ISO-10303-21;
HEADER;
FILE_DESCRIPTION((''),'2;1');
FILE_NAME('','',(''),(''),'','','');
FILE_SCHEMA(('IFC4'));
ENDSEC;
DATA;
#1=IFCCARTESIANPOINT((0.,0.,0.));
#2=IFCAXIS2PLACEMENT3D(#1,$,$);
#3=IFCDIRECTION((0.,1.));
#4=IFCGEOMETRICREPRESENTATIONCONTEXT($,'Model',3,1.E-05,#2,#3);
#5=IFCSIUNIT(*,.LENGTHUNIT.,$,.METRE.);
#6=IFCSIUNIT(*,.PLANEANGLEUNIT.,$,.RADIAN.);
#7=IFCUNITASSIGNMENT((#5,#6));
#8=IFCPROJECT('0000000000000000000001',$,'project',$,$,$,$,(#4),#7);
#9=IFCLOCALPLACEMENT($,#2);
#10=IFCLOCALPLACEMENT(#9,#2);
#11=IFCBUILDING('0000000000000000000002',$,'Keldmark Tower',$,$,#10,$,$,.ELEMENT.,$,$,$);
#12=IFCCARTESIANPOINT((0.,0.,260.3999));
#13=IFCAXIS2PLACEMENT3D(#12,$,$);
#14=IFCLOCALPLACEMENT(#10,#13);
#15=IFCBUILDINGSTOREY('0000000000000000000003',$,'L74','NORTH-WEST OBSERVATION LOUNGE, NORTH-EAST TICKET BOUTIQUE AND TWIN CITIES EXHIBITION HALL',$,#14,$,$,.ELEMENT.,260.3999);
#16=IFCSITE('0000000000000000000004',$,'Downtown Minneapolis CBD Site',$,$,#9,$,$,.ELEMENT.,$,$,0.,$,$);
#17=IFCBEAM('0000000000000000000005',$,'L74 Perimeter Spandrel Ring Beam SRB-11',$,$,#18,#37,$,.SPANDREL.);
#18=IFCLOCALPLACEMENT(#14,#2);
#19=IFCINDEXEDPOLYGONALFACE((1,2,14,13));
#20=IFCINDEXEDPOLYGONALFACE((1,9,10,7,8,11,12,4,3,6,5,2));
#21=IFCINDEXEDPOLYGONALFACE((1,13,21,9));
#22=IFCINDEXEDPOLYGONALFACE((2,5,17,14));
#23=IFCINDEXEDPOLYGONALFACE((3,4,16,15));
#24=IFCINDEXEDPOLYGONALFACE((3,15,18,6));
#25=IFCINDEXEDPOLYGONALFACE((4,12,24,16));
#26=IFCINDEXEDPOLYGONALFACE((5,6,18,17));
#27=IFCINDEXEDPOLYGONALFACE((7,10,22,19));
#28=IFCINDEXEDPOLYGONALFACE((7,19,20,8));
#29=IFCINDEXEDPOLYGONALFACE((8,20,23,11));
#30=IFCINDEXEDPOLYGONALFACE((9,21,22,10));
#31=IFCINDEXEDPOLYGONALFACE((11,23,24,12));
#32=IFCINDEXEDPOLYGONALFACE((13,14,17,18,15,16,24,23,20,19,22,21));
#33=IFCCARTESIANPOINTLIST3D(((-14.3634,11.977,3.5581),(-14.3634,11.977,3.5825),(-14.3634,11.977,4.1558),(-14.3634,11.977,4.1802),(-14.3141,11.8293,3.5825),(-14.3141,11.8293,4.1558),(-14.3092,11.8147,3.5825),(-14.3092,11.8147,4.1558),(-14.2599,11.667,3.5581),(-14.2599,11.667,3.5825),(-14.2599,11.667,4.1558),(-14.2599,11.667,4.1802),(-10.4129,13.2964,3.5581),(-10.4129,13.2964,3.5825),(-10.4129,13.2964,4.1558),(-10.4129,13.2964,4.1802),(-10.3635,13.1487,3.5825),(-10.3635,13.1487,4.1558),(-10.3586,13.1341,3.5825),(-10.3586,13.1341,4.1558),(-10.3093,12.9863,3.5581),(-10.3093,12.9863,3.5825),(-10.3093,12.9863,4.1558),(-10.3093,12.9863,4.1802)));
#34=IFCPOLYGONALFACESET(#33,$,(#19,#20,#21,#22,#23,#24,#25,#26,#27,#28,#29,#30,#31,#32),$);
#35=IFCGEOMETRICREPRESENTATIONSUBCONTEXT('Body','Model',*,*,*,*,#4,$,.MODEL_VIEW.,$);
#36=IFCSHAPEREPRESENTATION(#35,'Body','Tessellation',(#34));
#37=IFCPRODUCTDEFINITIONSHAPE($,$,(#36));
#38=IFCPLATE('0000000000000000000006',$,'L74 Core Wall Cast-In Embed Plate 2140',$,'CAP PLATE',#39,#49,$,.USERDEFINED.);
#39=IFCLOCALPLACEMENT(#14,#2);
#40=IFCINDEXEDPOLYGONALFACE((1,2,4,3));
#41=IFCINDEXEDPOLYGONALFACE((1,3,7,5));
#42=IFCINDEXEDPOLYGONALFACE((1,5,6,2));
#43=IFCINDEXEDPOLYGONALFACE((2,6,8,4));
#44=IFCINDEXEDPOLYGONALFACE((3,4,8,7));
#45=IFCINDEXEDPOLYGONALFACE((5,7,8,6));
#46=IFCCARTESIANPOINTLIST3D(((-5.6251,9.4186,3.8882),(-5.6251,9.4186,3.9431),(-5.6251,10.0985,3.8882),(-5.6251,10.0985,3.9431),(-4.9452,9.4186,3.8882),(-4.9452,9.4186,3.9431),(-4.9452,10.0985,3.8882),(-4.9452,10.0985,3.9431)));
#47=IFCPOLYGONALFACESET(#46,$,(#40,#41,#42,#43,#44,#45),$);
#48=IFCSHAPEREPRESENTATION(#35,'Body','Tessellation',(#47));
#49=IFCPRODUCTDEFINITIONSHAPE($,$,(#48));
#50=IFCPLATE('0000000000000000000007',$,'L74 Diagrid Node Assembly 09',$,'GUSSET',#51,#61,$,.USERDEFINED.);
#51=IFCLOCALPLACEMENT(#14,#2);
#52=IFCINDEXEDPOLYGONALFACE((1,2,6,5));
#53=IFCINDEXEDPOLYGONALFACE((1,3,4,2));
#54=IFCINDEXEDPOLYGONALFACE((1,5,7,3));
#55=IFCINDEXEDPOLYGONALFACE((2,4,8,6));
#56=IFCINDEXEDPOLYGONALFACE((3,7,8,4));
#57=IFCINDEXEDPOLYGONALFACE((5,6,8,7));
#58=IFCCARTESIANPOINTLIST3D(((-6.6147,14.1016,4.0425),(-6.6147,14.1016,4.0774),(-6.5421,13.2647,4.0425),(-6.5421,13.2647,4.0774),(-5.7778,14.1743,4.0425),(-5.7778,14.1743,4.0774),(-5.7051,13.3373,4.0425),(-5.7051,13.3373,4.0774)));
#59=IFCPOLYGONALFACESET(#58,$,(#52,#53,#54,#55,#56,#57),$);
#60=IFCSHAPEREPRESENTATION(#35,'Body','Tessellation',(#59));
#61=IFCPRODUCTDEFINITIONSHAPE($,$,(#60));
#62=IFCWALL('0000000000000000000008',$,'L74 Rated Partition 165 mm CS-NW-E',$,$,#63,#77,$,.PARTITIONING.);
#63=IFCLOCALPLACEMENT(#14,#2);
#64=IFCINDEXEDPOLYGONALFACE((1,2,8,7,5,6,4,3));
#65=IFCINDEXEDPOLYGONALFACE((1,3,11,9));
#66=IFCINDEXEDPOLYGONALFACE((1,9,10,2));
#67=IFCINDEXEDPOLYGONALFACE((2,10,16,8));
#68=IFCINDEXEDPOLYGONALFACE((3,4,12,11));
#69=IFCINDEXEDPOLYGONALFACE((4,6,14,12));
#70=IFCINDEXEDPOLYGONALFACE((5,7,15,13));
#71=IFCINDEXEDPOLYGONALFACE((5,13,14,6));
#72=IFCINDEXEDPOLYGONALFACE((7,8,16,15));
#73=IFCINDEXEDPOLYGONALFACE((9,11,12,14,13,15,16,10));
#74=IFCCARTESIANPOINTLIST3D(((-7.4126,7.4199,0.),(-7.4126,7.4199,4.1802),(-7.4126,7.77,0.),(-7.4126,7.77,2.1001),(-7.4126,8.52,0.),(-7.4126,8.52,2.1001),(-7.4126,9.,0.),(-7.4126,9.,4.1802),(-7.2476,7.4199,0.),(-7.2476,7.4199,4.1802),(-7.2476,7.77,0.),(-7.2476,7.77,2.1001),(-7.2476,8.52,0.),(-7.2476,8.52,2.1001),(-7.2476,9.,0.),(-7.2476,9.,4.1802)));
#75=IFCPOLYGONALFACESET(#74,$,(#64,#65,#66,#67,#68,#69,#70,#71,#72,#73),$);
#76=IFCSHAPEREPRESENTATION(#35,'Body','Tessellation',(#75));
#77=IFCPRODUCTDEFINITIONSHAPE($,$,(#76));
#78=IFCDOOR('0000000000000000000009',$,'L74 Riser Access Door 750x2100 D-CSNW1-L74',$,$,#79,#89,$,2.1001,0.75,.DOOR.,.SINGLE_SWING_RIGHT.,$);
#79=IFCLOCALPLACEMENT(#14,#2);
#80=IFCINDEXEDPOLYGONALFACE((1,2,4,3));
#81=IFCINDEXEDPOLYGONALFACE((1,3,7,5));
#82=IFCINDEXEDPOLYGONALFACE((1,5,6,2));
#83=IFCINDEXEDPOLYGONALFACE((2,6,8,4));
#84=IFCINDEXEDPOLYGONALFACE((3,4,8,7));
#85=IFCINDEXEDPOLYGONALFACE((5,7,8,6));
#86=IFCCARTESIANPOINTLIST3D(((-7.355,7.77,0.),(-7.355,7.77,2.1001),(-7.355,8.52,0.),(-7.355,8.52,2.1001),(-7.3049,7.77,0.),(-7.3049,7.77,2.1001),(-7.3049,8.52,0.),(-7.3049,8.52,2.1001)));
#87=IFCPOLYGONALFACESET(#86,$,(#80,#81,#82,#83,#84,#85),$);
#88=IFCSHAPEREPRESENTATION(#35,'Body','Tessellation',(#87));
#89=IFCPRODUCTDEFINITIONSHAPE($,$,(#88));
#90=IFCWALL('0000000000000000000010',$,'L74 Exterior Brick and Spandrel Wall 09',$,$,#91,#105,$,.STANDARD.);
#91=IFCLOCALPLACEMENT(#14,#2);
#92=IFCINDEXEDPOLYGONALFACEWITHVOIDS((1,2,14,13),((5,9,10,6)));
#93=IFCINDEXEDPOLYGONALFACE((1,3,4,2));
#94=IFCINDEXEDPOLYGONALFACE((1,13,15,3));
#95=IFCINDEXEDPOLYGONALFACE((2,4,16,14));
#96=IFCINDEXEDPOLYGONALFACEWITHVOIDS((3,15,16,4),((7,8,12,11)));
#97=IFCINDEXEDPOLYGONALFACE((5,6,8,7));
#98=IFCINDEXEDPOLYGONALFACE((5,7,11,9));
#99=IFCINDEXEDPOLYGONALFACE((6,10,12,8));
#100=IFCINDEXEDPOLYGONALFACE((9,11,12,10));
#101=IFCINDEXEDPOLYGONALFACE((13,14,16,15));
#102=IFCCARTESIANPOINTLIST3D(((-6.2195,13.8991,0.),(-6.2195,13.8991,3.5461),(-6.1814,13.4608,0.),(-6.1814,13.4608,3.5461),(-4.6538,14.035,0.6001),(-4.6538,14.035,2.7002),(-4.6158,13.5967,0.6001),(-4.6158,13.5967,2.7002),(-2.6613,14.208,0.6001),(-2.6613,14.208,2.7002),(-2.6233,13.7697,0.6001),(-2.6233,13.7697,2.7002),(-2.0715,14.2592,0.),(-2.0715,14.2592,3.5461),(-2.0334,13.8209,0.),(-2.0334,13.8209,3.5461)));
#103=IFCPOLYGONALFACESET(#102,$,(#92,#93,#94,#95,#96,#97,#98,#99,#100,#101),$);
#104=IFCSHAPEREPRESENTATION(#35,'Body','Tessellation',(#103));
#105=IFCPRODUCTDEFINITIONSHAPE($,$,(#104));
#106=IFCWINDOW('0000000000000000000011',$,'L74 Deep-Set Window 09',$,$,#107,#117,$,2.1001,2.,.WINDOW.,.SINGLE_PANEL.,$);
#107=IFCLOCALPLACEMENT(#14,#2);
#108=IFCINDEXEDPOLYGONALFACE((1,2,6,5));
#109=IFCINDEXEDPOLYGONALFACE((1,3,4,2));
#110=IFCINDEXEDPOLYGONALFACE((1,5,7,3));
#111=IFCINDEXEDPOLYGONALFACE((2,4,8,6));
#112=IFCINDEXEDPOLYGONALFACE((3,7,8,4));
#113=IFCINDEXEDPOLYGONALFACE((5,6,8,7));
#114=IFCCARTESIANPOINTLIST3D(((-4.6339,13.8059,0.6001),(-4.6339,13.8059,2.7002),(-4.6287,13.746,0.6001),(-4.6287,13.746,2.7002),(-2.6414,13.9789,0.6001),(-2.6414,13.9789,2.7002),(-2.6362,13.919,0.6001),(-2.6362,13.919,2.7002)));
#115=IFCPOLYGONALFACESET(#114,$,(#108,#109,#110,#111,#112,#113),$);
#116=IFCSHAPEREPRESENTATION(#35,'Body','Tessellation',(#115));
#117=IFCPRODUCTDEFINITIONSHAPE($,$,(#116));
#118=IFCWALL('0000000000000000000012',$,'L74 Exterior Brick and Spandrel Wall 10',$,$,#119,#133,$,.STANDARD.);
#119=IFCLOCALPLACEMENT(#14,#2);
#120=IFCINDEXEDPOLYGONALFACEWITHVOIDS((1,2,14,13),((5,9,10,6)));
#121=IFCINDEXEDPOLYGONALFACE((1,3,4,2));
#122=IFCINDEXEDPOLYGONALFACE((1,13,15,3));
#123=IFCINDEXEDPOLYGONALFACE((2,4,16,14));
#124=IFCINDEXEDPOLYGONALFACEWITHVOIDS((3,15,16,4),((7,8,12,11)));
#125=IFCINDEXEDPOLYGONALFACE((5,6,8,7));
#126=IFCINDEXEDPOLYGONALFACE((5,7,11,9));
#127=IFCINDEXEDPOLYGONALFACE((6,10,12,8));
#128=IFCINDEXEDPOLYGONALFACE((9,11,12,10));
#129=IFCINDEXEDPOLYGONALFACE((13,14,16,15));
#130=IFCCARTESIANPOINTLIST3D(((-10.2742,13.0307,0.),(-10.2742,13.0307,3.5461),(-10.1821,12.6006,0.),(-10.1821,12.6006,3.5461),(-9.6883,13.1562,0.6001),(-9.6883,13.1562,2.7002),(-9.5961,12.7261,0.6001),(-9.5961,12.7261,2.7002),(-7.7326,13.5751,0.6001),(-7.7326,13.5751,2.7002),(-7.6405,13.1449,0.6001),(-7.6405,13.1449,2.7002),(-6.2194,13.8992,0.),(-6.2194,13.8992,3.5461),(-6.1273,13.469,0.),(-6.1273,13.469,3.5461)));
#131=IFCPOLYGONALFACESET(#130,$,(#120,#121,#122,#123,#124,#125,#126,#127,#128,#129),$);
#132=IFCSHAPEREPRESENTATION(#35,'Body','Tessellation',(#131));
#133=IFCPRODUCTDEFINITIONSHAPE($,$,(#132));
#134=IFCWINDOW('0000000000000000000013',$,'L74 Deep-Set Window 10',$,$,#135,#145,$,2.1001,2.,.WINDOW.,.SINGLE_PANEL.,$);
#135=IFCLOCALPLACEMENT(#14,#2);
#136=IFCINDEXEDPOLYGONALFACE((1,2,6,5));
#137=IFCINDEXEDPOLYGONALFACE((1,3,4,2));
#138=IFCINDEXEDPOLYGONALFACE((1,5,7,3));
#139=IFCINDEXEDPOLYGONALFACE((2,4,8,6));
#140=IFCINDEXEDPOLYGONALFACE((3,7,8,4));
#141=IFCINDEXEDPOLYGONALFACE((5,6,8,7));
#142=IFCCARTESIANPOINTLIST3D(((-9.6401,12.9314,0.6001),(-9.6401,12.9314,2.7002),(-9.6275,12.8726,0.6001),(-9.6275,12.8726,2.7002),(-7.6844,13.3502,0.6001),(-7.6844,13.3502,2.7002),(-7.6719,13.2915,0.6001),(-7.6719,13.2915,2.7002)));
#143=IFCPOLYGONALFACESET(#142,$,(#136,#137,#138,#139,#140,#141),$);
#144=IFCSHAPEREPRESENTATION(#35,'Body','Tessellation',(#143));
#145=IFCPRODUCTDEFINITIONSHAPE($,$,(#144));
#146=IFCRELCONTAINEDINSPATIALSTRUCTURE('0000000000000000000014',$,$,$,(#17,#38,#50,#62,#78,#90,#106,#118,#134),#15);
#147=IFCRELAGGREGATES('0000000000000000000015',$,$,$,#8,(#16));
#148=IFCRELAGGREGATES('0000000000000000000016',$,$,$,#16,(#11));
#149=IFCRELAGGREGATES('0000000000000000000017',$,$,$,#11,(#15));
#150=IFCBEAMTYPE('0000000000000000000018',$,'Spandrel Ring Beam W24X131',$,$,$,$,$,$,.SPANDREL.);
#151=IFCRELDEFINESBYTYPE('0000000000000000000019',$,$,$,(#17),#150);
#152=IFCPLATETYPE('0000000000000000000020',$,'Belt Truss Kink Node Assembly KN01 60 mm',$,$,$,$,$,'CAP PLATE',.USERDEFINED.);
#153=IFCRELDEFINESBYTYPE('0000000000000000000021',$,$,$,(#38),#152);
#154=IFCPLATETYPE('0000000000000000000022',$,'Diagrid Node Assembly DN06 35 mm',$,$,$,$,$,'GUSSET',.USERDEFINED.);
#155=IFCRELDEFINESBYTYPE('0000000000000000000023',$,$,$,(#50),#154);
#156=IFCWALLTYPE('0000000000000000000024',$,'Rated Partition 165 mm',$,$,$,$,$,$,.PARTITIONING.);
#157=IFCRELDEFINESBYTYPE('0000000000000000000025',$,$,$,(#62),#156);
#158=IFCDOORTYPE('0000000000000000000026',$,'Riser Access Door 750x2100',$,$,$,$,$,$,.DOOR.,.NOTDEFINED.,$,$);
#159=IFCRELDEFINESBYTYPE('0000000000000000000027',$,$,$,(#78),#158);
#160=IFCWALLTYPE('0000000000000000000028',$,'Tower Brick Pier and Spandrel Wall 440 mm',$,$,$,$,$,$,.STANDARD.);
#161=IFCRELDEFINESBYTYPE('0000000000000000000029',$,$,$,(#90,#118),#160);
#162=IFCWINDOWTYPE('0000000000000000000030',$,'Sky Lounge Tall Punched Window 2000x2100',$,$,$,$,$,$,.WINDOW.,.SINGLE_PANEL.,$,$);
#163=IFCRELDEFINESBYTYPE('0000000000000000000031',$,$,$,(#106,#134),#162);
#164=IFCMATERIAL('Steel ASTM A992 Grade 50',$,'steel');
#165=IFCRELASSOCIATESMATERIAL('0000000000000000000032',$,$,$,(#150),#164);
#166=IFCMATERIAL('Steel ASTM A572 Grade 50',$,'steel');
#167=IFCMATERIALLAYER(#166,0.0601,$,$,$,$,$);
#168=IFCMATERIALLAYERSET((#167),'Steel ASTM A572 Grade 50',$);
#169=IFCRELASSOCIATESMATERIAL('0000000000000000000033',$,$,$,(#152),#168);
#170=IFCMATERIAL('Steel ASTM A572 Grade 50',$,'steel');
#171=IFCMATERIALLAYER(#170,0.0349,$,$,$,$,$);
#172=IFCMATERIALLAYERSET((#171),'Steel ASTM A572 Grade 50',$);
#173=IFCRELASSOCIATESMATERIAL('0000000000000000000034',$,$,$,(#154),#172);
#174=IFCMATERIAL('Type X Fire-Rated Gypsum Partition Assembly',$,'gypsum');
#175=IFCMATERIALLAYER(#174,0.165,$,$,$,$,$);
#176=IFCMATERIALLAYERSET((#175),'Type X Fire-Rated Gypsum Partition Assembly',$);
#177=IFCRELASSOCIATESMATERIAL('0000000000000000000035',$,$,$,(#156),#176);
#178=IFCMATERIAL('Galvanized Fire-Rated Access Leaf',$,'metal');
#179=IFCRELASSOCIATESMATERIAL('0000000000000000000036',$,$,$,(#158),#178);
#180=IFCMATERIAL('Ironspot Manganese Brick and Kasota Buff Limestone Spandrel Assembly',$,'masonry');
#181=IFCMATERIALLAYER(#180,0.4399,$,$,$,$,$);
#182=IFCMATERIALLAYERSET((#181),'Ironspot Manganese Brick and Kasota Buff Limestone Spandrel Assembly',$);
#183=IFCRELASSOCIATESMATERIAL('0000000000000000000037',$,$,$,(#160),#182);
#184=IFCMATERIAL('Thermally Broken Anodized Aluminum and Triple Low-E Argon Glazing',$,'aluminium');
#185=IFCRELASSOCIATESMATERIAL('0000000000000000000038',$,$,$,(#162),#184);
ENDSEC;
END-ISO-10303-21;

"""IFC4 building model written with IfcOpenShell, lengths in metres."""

from ifc_helpers import new_model, si_unit, direction, frame, frame_2d, origin, origin_2d, place, context, subcontext, project, spatial, rectangle, i_section, extrude, material, layer, layer_set, material_profile, profile_set, type_object, element, fill, save


model = new_model("IFC4")

# Units and contexts
model_context = context("Model", 3, precision=1e-05, world=origin(), true_north=direction((0.0, 1.0)))
body_context = subcontext(model_context, "Body", "Model", "MODEL_VIEW")
ifc_project = project(units=[si_unit("LENGTHUNIT", "METRE"), si_unit("PLANEANGLEUNIT", "RADIAN")], contexts=[model_context])

# Site, building, storey
site_placement = place(None, origin())
site = spatial("IfcSite", under=ifc_project, at=site_placement, Name="Downtown Minneapolis CBD Site", CompositionType="ELEMENT", RefElevation=0.0)
building_placement = place(site_placement, origin())
building = spatial("IfcBuilding", under=site, at=building_placement, Name="Keldmark Tower", CompositionType="ELEMENT")
storey_placement = place(building_placement, frame((0.0, 0.0, 260.3999)))
storey = spatial("IfcBuildingStorey", under=building, at=storey_placement, Name="L74", Description="NORTH-WEST OBSERVATION LOUNGE, NORTH-EAST TICKET BOUTIQUE AND TWIN CITIES EXHIBITION HALL", CompositionType="ELEMENT", Elevation=260.3999)

# Beam
ifc_material_1 = material(Name="Steel ASTM A992 Grade 50", Category="steel")
ifc_material_profile_1 = material_profile(ifc_material_1, i_section(OverallWidth=0.3269, OverallDepth=0.6221, WebThickness=0.0154, FlangeThickness=0.0244, at=origin_2d()), Name="W24X131")
ifc_profile_set_1 = profile_set([ifc_material_profile_1], Name="Steel ASTM A992 Grade 50")
beam_type_1 = type_object("IfcBeamType", Name="Spandrel Ring Beam W24X131", PredefinedType="SPANDREL", material=ifc_profile_set_1)
beam_1_placement = place(storey_placement, frame((-10.3611, 13.1414, 3.8691), z_axis=(-0.948501, -0.316773, 0.0), x_axis=(0.316773, -0.948501, 0.0)))
element("IfcBeam", 1, at=beam_1_placement, inside=storey, type_object=beam_type_1, Name="L74 Perimeter Spandrel Ring Beam SRB-11", PredefinedType="SPANDREL", context=body_context, shape_type="SweptSolid", body=[
    extrude(i_section(OverallWidth=0.3269, OverallDepth=0.6221, WebThickness=0.0154, FlangeThickness=0.0244, at=origin_2d()), origin(), (0.0, 0.0, 1.0), 4.165),
])

# Plates
ifc_material_2 = material(Name="Steel ASTM A572 Grade 50", Category="steel")
ifc_layer_1 = layer(ifc_material_2, 0.0601)
ifc_layer_set_1 = layer_set([ifc_layer_1], Name="Steel ASTM A572 Grade 50")
plate_type_1 = type_object("IfcPlateType", Name="Belt Truss Kink Node Assembly KN01 60 mm", ElementType="CAP PLATE", PredefinedType="USERDEFINED", material=ifc_layer_set_1)
plate_1_placement = place(storey_placement, frame((-5.2852, 9.7585, 3.8882), z_axis=(0.0, 0.0, 1.0), x_axis=(1.0, 0.0, 0.0)))
element("IfcPlate", 2, at=plate_1_placement, inside=storey, type_object=plate_type_1, Name="L74 Core Wall Cast-In Embed Plate 2140", ObjectType="CAP PLATE", PredefinedType="USERDEFINED", context=body_context, shape_type="SweptSolid", body=[
    extrude(rectangle(XDim=0.6799, YDim=0.6799, at=origin_2d()), origin(), (0.0, 0.0, 1.0), 0.0549),
])
ifc_material_3 = material(Name="Steel ASTM A572 Grade 50", Category="steel")
ifc_layer_2 = layer(ifc_material_3, 0.0349)
ifc_layer_set_2 = layer_set([ifc_layer_2], Name="Steel ASTM A572 Grade 50")
plate_type_2 = type_object("IfcPlateType", Name="Diagrid Node Assembly DN06 35 mm", ElementType="GUSSET", PredefinedType="USERDEFINED", material=ifc_layer_set_2)
plate_2_placement = place(storey_placement, frame((-6.1599, 13.7195, 4.0425), z_axis=(0.0, 0.0, 1.0), x_axis=(-0.996255, -0.08646, 0.0)))
element("IfcPlate", 3, at=plate_2_placement, inside=storey, type_object=plate_type_2, Name="L74 Diagrid Node Assembly 09", ObjectType="GUSSET", PredefinedType="USERDEFINED", context=body_context, shape_type="SweptSolid", body=[
    extrude(rectangle(XDim=0.8401, YDim=0.8401, at=origin_2d()), origin(), (0.0, 0.0, 1.0), 0.0349),
])

# Wall, opening, door
ifc_material_4 = material(Name="Type X Fire-Rated Gypsum Partition Assembly", Category="gypsum")
ifc_layer_3 = layer(ifc_material_4, 0.165)
ifc_layer_set_3 = layer_set([ifc_layer_3], Name="Type X Fire-Rated Gypsum Partition Assembly")
wall_type_1 = type_object("IfcWallType", Name="Rated Partition 165 mm", PredefinedType="PARTITIONING", material=ifc_layer_set_3)
wall_1_placement = place(storey_placement, frame((-7.3301, 7.4199, 0.0), z_axis=(0.0, 0.0, 1.0), x_axis=(0.0, 1.0, 0.0)))
wall_1 = element("IfcWall", 4, at=wall_1_placement, inside=storey, type_object=wall_type_1, Name="L74 Rated Partition 165 mm CS-NW-E", PredefinedType="PARTITIONING", context=body_context, shape_type="SweptSolid", body=[
    extrude(rectangle(XDim=1.5801, YDim=0.165, at=frame_2d((0.79, 0.0))), origin(), (0.0, 0.0, 1.0), 4.1802),
])
opening_1_placement = place(wall_1_placement, frame((0.3501, 0.0, 0.0)))
opening_1 = element("IfcOpeningElement", 5, at=opening_1_placement, cuts=wall_1, PredefinedType="OPENING", context=body_context, shape_type="SweptSolid", body=[
    extrude(rectangle(XDim=0.75, YDim=2.1001, at=frame_2d((0.375, 1.05))), frame((0.0, 0.0925, 0.0), z_axis=(0.0, -1.0, 0.0), x_axis=(1.0, 0.0, 0.0)), (0.0, 0.0, 1.0), 0.1851),
])
ifc_material_5 = material(Name="Galvanized Fire-Rated Access Leaf", Category="metal")
door_type = type_object("IfcDoorType", Name="Riser Access Door 750x2100", OperationType="NOTDEFINED", PredefinedType="DOOR", material=ifc_material_5)
door_placement = place(opening_1_placement, origin())
door = element("IfcDoor", 6, at=door_placement, inside=storey, type_object=door_type, Name="L74 Riser Access Door 750x2100 D-CSNW1-L74", OperationType="SINGLE_SWING_RIGHT", OverallHeight=2.1001, OverallWidth=0.75, PredefinedType="DOOR", context=body_context, shape_type="SweptSolid", body=[
    extrude(rectangle(XDim=0.75, YDim=2.1001, at=frame_2d((0.375, 1.05))), frame((0.0, 0.0249, 0.0), z_axis=(0.0, -1.0, 0.0), x_axis=(1.0, 0.0, 0.0)), (0.0, 0.0, 1.0), 0.05),
])
fill(opening_1, door)

# Walls, openings, windows
ifc_material_6 = material(Name="Ironspot Manganese Brick and Kasota Buff Limestone Spandrel Assembly", Category="masonry")
ifc_layer_4 = layer(ifc_material_6, 0.4399)
ifc_layer_set_4 = layer_set([ifc_layer_4], Name="Ironspot Manganese Brick and Kasota Buff Limestone Spandrel Assembly")
wall_type_2 = type_object("IfcWallType", Name="Tower Brick Pier and Spandrel Wall 440 mm", PredefinedType="STANDARD", material=ifc_layer_set_4)
wall_2_placement = place(storey_placement, frame((-6.2004, 13.6799, 0.0), z_axis=(0.0, 0.0, 1.0), x_axis=(0.996253, 0.08649, 0.0)))
wall_2 = element("IfcWall", 7, at=wall_2_placement, inside=storey, type_object=wall_type_2, Name="L74 Exterior Brick and Spandrel Wall 09", PredefinedType="STANDARD", context=body_context, shape_type="SweptSolid", body=[
    extrude(rectangle(XDim=4.1636, YDim=0.4399, at=frame_2d((2.0818, 0.0))), origin(), (0.0, 0.0, 1.0), 3.5461),
])
opening_2_placement = place(wall_2_placement, frame((1.5715, 0.0, 0.6001)))
opening_2 = element("IfcOpeningElement", 8, at=opening_2_placement, cuts=wall_2, PredefinedType="OPENING", context=body_context, shape_type="SweptSolid", body=[
    extrude(rectangle(XDim=2.0, YDim=2.1001, at=frame_2d((1.0, 1.05))), frame((0.0, 0.23, 0.0), z_axis=(0.0, -1.0, 0.0), x_axis=(1.0, 0.0, 0.0)), (0.0, 0.0, 1.0), 0.46),
])
ifc_material_7 = material(Name="Thermally Broken Anodized Aluminum and Triple Low-E Argon Glazing", Category="aluminium")
window_type = type_object("IfcWindowType", Name="Sky Lounge Tall Punched Window 2000x2100", PartitioningType="SINGLE_PANEL", PredefinedType="WINDOW", material=ifc_material_7)
window_1_placement = place(opening_2_placement, origin())
window_1 = element("IfcWindow", 9, at=window_1_placement, inside=storey, type_object=window_type, Name="L74 Deep-Set Window 09", OverallHeight=2.1001, OverallWidth=2.0, PartitioningType="SINGLE_PANEL", PredefinedType="WINDOW", context=body_context, shape_type="SweptSolid", body=[
    extrude(rectangle(XDim=2.0, YDim=2.1001, at=frame_2d((1.0, 1.05))), frame((0.0, -0.01, 0.0), z_axis=(0.0, -1.0, 0.0), x_axis=(1.0, 0.0, 0.0)), (0.0, 0.0, 1.0), 0.0601),
])
fill(opening_2, window_1)
wall_3_placement = place(storey_placement, frame((-10.228, 12.8157, 0.0), z_axis=(0.0, 0.0, 1.0), x_axis=(0.977825, 0.209425, 0.0)))
wall_3 = element("IfcWall", 10, at=wall_3_placement, inside=storey, type_object=wall_type_2, Name="L74 Exterior Brick and Spandrel Wall 10", PredefinedType="STANDARD", context=body_context, shape_type="SweptSolid", body=[
    extrude(rectangle(XDim=4.1467, YDim=0.4399, at=frame_2d((2.0732, 0.0))), origin(), (0.0, 0.0, 1.0), 3.5461),
])
opening_3_placement = place(wall_3_placement, frame((0.5991, 0.0, 0.6001)))
opening_3 = element("IfcOpeningElement", 11, at=opening_3_placement, cuts=wall_3, PredefinedType="OPENING", context=body_context, shape_type="SweptSolid", body=[
    extrude(rectangle(XDim=2.0, YDim=2.1001, at=frame_2d((1.0, 1.05))), frame((0.0, 0.23, 0.0), z_axis=(0.0, -1.0, 0.0), x_axis=(1.0, 0.0, 0.0)), (0.0, 0.0, 1.0), 0.46),
])
window_2_placement = place(opening_3_placement, origin())
window_2 = element("IfcWindow", 12, at=window_2_placement, inside=storey, type_object=window_type, Name="L74 Deep-Set Window 10", OverallHeight=2.1001, OverallWidth=2.0, PartitioningType="SINGLE_PANEL", PredefinedType="WINDOW", context=body_context, shape_type="SweptSolid", body=[
    extrude(rectangle(XDim=2.0, YDim=2.1001, at=frame_2d((1.0, 1.05))), frame((0.0, -0.01, 0.0), z_axis=(0.0, -1.0, 0.0), x_axis=(1.0, 0.0, 0.0)), (0.0, 0.0, 1.0), 0.0601),
])
fill(opening_3, window_2)

save(model, "model.ifc")
